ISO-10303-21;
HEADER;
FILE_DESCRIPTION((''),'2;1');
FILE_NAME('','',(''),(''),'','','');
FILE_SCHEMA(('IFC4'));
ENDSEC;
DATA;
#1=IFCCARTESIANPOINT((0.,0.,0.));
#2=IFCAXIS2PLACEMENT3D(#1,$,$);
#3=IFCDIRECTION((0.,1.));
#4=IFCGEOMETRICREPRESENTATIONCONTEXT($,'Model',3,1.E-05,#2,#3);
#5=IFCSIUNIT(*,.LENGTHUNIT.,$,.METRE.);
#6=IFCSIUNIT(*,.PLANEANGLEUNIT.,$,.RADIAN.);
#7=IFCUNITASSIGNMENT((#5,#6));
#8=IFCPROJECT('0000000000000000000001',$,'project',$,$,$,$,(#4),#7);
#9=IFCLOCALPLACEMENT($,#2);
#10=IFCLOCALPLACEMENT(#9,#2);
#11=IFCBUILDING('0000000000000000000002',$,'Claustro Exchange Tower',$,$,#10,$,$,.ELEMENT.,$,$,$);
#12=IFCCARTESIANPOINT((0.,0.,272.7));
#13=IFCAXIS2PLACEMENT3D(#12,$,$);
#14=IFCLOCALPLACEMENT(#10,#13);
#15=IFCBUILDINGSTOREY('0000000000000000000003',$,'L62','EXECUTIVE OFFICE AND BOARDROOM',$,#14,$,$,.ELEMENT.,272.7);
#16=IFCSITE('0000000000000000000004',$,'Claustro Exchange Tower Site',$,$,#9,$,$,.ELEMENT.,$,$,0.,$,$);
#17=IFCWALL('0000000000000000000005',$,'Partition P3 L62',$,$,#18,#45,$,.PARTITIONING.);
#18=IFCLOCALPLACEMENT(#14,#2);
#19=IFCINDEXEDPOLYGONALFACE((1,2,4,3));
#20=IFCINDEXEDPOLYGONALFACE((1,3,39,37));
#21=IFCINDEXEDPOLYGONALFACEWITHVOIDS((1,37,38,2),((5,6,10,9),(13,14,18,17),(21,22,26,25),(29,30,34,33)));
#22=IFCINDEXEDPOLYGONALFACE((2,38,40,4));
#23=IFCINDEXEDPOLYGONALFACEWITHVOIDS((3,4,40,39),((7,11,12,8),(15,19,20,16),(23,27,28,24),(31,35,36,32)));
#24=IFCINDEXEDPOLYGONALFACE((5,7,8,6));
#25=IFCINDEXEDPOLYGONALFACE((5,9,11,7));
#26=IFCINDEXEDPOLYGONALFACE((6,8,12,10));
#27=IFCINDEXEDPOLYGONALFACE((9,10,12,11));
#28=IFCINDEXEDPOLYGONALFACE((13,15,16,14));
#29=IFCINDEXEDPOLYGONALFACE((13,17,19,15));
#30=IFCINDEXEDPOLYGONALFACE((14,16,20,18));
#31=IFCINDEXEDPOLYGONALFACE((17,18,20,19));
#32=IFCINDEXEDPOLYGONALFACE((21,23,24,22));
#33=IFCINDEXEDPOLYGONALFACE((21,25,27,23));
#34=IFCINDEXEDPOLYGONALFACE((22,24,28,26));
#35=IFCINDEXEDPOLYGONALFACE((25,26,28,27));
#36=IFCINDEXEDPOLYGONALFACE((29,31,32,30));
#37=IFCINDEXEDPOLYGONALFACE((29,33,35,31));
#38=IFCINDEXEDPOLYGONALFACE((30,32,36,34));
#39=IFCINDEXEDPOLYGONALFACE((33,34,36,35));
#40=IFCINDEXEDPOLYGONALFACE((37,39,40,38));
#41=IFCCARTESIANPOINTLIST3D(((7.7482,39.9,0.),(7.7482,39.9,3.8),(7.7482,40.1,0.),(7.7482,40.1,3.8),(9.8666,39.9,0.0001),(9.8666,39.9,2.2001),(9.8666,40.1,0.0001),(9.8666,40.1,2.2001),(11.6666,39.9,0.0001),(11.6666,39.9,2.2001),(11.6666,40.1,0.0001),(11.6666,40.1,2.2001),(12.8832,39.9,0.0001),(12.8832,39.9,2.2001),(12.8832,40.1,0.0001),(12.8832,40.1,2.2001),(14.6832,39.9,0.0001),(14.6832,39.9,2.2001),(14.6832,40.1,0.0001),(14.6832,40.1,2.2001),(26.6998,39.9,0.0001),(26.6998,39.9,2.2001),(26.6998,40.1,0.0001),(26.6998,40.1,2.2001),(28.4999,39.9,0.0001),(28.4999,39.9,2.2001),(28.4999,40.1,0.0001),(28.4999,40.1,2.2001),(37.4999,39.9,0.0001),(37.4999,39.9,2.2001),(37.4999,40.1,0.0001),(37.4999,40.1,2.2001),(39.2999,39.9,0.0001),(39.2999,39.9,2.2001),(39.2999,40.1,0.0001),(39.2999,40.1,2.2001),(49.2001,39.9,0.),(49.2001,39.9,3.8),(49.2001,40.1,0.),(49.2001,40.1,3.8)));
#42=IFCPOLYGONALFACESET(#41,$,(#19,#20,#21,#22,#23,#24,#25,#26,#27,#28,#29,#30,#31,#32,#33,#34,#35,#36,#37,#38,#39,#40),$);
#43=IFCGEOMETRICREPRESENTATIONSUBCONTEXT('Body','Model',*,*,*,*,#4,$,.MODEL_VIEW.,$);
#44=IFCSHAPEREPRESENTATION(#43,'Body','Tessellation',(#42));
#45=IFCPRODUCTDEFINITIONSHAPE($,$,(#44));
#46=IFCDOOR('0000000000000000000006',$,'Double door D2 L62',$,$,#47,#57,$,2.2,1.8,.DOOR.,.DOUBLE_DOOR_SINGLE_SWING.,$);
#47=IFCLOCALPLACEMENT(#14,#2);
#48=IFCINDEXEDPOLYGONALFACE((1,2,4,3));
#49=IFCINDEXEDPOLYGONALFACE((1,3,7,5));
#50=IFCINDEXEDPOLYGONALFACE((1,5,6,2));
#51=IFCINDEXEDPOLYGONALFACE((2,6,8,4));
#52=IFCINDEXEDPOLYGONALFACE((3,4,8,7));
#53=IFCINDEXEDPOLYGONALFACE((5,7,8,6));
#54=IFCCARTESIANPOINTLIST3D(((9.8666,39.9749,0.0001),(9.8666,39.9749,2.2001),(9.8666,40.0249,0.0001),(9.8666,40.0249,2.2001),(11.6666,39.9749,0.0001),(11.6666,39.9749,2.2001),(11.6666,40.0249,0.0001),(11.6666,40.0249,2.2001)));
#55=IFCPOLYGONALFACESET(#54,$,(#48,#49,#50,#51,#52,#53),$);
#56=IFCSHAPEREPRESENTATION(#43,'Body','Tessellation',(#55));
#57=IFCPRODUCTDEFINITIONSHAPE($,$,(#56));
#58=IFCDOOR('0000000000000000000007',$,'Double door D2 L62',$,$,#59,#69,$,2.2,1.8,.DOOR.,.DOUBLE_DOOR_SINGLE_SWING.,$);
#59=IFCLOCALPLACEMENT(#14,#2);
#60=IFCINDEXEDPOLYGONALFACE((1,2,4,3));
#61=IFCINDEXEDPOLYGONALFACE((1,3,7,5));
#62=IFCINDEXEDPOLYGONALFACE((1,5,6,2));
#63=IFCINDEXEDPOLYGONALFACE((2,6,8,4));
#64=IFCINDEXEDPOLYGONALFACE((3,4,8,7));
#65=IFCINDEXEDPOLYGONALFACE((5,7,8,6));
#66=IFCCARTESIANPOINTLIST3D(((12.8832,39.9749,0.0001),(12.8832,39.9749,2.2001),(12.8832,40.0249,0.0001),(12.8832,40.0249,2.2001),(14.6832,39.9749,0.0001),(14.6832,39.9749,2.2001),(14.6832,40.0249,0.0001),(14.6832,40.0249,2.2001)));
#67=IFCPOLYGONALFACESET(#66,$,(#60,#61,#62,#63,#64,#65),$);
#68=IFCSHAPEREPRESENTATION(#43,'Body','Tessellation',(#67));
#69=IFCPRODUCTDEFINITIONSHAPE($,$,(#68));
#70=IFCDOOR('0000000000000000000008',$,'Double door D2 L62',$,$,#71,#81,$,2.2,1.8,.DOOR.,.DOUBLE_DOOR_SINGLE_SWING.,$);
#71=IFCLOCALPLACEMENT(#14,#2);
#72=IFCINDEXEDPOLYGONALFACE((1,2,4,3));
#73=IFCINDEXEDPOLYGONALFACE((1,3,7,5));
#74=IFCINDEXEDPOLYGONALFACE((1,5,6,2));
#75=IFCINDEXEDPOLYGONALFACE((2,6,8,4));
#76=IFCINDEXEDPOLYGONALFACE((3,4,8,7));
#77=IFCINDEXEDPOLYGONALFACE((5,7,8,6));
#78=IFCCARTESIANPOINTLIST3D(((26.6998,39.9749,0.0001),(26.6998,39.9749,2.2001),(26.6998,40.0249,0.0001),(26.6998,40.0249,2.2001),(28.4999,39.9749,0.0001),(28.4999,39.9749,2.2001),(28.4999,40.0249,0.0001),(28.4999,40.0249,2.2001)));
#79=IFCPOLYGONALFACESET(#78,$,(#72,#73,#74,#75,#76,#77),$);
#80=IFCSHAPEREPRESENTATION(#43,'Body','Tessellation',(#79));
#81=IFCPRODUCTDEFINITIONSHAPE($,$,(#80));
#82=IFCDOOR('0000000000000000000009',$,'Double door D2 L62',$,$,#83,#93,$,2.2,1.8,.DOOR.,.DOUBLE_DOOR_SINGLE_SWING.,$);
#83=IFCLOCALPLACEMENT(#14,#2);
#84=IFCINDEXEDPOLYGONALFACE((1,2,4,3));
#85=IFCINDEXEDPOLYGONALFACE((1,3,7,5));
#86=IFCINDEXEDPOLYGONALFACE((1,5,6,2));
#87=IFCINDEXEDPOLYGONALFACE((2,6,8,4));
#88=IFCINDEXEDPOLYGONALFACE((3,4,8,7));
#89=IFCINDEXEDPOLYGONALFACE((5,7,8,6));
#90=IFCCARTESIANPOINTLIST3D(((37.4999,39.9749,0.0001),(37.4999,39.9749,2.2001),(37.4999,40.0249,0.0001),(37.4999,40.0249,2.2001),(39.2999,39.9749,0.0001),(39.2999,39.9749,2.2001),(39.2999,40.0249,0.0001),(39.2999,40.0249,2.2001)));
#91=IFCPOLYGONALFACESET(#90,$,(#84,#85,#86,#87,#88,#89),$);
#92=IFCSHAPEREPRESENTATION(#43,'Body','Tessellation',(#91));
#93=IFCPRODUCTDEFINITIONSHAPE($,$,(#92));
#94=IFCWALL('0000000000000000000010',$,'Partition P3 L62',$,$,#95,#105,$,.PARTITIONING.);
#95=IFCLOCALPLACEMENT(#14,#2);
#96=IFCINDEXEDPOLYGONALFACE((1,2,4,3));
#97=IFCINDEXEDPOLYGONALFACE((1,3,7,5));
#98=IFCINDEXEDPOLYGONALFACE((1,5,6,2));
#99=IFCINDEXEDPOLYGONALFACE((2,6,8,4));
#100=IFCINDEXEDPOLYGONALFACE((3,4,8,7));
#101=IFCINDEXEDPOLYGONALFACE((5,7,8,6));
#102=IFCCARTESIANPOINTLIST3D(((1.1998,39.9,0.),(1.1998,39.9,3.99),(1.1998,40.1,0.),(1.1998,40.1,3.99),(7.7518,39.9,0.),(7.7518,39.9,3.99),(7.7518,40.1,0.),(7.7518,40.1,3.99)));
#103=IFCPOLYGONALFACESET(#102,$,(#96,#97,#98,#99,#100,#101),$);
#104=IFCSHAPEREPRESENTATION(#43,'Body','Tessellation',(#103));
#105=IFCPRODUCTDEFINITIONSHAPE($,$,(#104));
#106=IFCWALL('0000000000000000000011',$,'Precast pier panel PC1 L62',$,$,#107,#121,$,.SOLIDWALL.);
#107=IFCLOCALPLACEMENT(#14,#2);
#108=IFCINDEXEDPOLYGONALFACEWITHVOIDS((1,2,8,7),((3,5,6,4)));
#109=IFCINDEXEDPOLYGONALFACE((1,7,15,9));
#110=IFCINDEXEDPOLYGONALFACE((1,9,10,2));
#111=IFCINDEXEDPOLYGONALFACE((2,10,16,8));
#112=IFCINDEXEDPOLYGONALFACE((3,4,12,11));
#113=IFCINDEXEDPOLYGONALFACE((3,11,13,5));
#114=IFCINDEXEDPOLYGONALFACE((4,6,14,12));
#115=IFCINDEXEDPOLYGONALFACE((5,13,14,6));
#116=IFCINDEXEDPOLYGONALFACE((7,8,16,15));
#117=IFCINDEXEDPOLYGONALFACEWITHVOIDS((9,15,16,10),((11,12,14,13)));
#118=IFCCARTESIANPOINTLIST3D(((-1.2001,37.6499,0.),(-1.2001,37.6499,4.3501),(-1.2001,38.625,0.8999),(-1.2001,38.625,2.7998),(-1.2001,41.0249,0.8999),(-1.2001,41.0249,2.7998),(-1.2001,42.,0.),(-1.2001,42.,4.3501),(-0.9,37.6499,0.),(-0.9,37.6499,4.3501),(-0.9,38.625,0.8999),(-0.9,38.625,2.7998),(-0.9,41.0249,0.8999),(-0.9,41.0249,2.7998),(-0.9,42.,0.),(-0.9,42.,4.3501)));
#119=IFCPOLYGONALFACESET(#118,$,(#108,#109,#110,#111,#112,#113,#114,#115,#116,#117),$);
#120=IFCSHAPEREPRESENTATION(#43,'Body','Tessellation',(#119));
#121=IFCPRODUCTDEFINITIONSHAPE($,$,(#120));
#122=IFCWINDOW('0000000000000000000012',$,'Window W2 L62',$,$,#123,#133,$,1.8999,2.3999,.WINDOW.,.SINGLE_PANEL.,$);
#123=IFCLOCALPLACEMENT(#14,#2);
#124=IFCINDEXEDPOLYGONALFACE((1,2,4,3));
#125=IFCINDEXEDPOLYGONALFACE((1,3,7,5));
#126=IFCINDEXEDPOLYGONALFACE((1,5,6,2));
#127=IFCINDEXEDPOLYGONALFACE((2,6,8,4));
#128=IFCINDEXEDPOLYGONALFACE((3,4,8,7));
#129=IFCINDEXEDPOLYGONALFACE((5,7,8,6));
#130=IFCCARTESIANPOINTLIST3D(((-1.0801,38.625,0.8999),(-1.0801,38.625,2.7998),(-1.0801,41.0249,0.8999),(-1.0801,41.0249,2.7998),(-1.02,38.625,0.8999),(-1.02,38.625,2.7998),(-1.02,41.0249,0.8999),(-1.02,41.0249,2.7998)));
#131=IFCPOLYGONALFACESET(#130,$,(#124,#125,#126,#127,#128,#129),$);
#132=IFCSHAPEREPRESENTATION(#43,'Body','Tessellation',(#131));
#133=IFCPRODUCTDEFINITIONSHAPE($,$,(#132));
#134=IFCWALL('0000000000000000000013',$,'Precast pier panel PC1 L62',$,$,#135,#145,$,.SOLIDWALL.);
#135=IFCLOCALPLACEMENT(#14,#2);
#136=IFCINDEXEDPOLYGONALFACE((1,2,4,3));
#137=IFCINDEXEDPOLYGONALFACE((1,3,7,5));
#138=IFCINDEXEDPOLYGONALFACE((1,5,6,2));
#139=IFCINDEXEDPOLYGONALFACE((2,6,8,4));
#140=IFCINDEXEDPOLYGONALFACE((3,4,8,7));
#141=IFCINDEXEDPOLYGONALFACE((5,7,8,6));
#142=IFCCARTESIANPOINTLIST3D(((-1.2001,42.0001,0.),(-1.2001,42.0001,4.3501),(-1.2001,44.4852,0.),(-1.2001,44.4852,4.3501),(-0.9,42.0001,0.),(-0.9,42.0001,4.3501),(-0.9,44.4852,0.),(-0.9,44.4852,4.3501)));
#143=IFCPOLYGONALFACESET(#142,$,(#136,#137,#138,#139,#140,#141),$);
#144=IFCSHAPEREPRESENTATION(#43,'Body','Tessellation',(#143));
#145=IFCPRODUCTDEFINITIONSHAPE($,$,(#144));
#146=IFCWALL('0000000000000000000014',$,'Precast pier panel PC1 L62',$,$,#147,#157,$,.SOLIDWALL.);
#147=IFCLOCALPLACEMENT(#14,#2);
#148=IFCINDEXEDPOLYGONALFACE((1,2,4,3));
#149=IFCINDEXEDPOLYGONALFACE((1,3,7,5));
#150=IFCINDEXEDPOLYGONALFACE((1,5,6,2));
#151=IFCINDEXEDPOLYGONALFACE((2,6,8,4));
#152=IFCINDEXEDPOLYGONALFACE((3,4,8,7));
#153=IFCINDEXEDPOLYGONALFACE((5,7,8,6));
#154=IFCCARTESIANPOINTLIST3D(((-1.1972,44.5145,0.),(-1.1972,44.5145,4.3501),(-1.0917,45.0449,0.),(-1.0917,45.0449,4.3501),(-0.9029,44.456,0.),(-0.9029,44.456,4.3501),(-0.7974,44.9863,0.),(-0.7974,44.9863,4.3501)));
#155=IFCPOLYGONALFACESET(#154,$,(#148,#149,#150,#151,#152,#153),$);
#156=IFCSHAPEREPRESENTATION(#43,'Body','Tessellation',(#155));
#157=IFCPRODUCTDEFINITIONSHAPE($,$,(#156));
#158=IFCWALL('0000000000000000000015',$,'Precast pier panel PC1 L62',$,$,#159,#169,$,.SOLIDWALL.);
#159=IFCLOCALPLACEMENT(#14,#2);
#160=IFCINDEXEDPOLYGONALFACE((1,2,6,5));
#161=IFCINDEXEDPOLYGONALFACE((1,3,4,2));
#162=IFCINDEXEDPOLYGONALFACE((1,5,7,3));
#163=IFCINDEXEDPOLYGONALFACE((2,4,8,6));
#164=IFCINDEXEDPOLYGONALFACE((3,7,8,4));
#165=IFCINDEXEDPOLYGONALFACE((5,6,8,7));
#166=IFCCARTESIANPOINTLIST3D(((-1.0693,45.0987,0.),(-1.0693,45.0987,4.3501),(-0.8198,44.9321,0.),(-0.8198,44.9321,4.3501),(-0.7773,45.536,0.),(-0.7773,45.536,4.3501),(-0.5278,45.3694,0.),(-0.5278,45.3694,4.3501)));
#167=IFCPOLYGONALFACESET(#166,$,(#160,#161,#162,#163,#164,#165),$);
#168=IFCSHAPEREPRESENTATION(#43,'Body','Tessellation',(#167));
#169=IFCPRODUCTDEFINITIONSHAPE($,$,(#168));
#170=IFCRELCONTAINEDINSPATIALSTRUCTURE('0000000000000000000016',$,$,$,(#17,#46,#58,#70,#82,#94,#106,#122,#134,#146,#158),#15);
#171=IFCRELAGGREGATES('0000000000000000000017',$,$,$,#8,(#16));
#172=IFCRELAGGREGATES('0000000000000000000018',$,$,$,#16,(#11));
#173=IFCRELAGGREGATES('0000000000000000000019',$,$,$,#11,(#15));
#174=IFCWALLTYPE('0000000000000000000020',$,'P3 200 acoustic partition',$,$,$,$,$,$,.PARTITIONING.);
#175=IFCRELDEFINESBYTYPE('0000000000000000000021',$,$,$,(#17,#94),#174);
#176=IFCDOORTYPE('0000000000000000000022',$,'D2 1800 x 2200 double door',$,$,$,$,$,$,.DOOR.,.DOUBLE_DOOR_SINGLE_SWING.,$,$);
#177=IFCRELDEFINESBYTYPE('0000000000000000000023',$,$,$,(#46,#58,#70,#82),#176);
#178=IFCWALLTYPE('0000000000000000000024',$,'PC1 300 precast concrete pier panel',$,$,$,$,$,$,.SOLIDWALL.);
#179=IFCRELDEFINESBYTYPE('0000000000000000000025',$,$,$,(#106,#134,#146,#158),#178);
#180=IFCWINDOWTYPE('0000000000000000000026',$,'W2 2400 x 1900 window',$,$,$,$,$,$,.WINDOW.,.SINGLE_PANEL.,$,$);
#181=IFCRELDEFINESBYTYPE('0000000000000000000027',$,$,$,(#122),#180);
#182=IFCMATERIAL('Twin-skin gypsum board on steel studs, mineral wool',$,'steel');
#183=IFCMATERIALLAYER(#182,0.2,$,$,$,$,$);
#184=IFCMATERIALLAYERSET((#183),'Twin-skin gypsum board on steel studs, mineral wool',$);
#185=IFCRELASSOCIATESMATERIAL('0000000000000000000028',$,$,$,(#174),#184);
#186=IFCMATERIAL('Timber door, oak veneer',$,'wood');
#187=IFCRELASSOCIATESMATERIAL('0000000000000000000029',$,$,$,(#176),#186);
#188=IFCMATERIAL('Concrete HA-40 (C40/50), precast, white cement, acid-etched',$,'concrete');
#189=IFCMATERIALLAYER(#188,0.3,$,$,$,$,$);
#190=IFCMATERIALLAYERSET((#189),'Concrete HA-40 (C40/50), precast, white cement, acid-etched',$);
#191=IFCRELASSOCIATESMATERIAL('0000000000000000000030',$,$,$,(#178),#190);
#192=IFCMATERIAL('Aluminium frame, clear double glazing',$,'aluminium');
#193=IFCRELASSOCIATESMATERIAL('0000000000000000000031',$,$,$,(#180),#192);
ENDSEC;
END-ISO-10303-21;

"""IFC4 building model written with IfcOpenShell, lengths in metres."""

from ifc_helpers import new_model, si_unit, direction, frame, frame_2d, origin, place, context, subcontext, project, spatial, rectangle, extrude, material, layer, layer_set, type_object, element, fill, save


model = new_model("IFC4")

# Units and contexts
model_context = context("Model", 3, precision=1e-05, world=origin(), true_north=direction((0.0, 1.0)))
body_context = subcontext(model_context, "Body", "Model", "MODEL_VIEW")
ifc_project = project(units=[si_unit("LENGTHUNIT", "METRE"), si_unit("PLANEANGLEUNIT", "RADIAN")], contexts=[model_context])

# Site, building, storey
site_placement = place(None, origin())
site = spatial("IfcSite", under=ifc_project, at=site_placement, Name="Claustro Exchange Tower Site", CompositionType="ELEMENT", RefElevation=0.0)
building_placement = place(site_placement, origin())
building = spatial("IfcBuilding", under=site, at=building_placement, Name="Claustro Exchange Tower", CompositionType="ELEMENT")
storey_placement = place(building_placement, frame((0.0, 0.0, 272.7)))
storey = spatial("IfcBuildingStorey", under=building, at=storey_placement, Name="L62", Description="EXECUTIVE OFFICE AND BOARDROOM", CompositionType="ELEMENT", Elevation=272.7)

# Shared definitions
ifc_material_1 = material(Name="Twin-skin gypsum board on steel studs, mineral wool", Category="steel")
ifc_layer_1 = layer(ifc_material_1, 0.2)
ifc_layer_set_1 = layer_set([ifc_layer_1], Name="Twin-skin gypsum board on steel studs, mineral wool")
wall_type_1 = type_object("IfcWallType", Name="P3 200 acoustic partition", PredefinedType="PARTITIONING", material=ifc_layer_set_1)

# Wall, openings, doors
wall_1_placement = place(storey_placement, frame((7.748, 40.0, 0.0), z_axis=(0.0, 0.0, 1.0), x_axis=(1.0, 0.0, 0.0)))
wall_1 = element("IfcWall", 1, at=wall_1_placement, inside=storey, type_object=wall_type_1, Name="Partition P3 L62", PredefinedType="PARTITIONING", context=body_context, shape_type="SweptSolid", body=[
    extrude(rectangle(XDim=41.4519, YDim=0.2, at=frame_2d((20.7261, 0.0))), origin(), (0.0, 0.0, 1.0), 3.8),
])
opening_1_placement = place(wall_1_placement, frame((2.1187, 0.0, 0.0)))
opening_1 = element("IfcOpeningElement", 2, at=opening_1_placement, cuts=wall_1, PredefinedType="OPENING", context=body_context, shape_type="SweptSolid", body=[
    extrude(rectangle(XDim=1.8, YDim=2.2, at=frame_2d((0.8999, 1.1001))), frame((0.0, 0.1099, 0.0), z_axis=(0.0, -1.0, 0.0), x_axis=(1.0, 0.0, 0.0)), (0.0, 0.0, 1.0), 0.22),
])
opening_2_placement = place(wall_1_placement, frame((5.1353, 0.0, 0.0)))
opening_2 = element("IfcOpeningElement", 3, at=opening_2_placement, cuts=wall_1, PredefinedType="OPENING", context=body_context, shape_type="SweptSolid", body=[
    extrude(rectangle(XDim=1.8, YDim=2.2, at=frame_2d((0.8999, 1.1001))), frame((0.0, 0.1099, 0.0), z_axis=(0.0, -1.0, 0.0), x_axis=(1.0, 0.0, 0.0)), (0.0, 0.0, 1.0), 0.22),
])
opening_3_placement = place(wall_1_placement, frame((18.9519, 0.0, 0.0)))
opening_3 = element("IfcOpeningElement", 4, at=opening_3_placement, cuts=wall_1, PredefinedType="OPENING", context=body_context, shape_type="SweptSolid", body=[
    extrude(rectangle(XDim=1.8, YDim=2.2, at=frame_2d((0.8999, 1.1001))), frame((0.0, 0.1099, 0.0), z_axis=(0.0, -1.0, 0.0), x_axis=(1.0, 0.0, 0.0)), (0.0, 0.0, 1.0), 0.22),
])
opening_4_placement = place(wall_1_placement, frame((29.752, 0.0, 0.0)))
opening_4 = element("IfcOpeningElement", 5, at=opening_4_placement, cuts=wall_1, PredefinedType="OPENING", context=body_context, shape_type="SweptSolid", body=[
    extrude(rectangle(XDim=1.8, YDim=2.2, at=frame_2d((0.8999, 1.1001))), frame((0.0, 0.1099, 0.0), z_axis=(0.0, -1.0, 0.0), x_axis=(1.0, 0.0, 0.0)), (0.0, 0.0, 1.0), 0.22),
])
ifc_material_2 = material(Name="Timber door, oak veneer", Category="wood")
door_type_1 = type_object("IfcDoorType", Name="D2 1800 x 2200 double door", OperationType="DOUBLE_DOOR_SINGLE_SWING", PredefinedType="DOOR", material=ifc_material_2)
door_1_placement = place(opening_1_placement, origin())
door_1 = element("IfcDoor", 6, at=door_1_placement, inside=storey, type_object=door_type_1, Name="Double door D2 L62", OperationType="DOUBLE_DOOR_SINGLE_SWING", OverallHeight=2.2, OverallWidth=1.8, PredefinedType="DOOR", context=body_context, shape_type="SweptSolid", body=[
    extrude(rectangle(XDim=1.8, YDim=2.2, at=frame_2d((0.8999, 1.1001))), frame((0.0, 0.0249, 0.0), z_axis=(0.0, -1.0, 0.0), x_axis=(1.0, 0.0, 0.0)), (0.0, 0.0, 1.0), 0.05),
])
fill(opening_1, door_1)
door_2_placement = place(opening_2_placement, origin())
door_2 = element("IfcDoor", 7, at=door_2_placement, inside=storey, type_object=door_type_1, Name="Double door D2 L62", OperationType="DOUBLE_DOOR_SINGLE_SWING", OverallHeight=2.2, OverallWidth=1.8, PredefinedType="DOOR", context=body_context, shape_type="SweptSolid", body=[
    extrude(rectangle(XDim=1.8, YDim=2.2, at=frame_2d((0.8999, 1.1001))), frame((0.0, 0.0249, 0.0), z_axis=(0.0, -1.0, 0.0), x_axis=(1.0, 0.0, 0.0)), (0.0, 0.0, 1.0), 0.05),
])
fill(opening_2, door_2)
door_3_placement = place(opening_3_placement, origin())
door_3 = element("IfcDoor", 8, at=door_3_placement, inside=storey, type_object=door_type_1, Name="Double door D2 L62", OperationType="DOUBLE_DOOR_SINGLE_SWING", OverallHeight=2.2, OverallWidth=1.8, PredefinedType="DOOR", context=body_context, shape_type="SweptSolid", body=[
    extrude(rectangle(XDim=1.8, YDim=2.2, at=frame_2d((0.8999, 1.1001))), frame((0.0, 0.0249, 0.0), z_axis=(0.0, -1.0, 0.0), x_axis=(1.0, 0.0, 0.0)), (0.0, 0.0, 1.0), 0.05),
])
fill(opening_3, door_3)
door_4_placement = place(opening_4_placement, origin())
door_4 = element("IfcDoor", 9, at=door_4_placement, inside=storey, type_object=door_type_1, Name="Double door D2 L62", OperationType="DOUBLE_DOOR_SINGLE_SWING", OverallHeight=2.2, OverallWidth=1.8, PredefinedType="DOOR", context=body_context, shape_type="SweptSolid", body=[
    extrude(rectangle(XDim=1.8, YDim=2.2, at=frame_2d((0.8999, 1.1001))), frame((0.0, 0.0249, 0.0), z_axis=(0.0, -1.0, 0.0), x_axis=(1.0, 0.0, 0.0)), (0.0, 0.0, 1.0), 0.05),
])
fill(opening_4, door_4)

# Wall
wall_2_placement = place(storey_placement, frame((1.2, 40.0, 0.0), z_axis=(0.0, 0.0, 1.0), x_axis=(1.0, 0.0, 0.0)))
element("IfcWall", 10, at=wall_2_placement, inside=storey, type_object=wall_type_1, Name="Partition P3 L62", PredefinedType="PARTITIONING", context=body_context, shape_type="SweptSolid", body=[
    extrude(rectangle(XDim=6.552, YDim=0.2, at=frame_2d((3.2759, 0.0))), origin(), (0.0, 0.0, 1.0), 3.99),
])

# Wall, opening, window
ifc_material_3 = material(Name="Concrete HA-40 (C40/50), precast, white cement, acid-etched", Category="concrete")
ifc_layer_2 = layer(ifc_material_3, 0.3)
ifc_layer_set_2 = layer_set([ifc_layer_2], Name="Concrete HA-40 (C40/50), precast, white cement, acid-etched")
wall_type_2 = type_object("IfcWallType", Name="PC1 300 precast concrete pier panel", PredefinedType="SOLIDWALL", material=ifc_layer_set_2)
wall_3_placement = place(storey_placement, frame((-1.05, 37.6499, 0.0), z_axis=(0.0, 0.0, 1.0), x_axis=(0.0, 1.0, 0.0)))
wall_3 = element("IfcWall", 11, at=wall_3_placement, inside=storey, type_object=wall_type_2, Name="Precast pier panel PC1 L62", PredefinedType="SOLIDWALL", context=body_context, shape_type="SweptSolid", body=[
    extrude(rectangle(XDim=4.3501, YDim=0.3, at=frame_2d((2.175, 0.0))), origin(), (0.0, 0.0, 1.0), 4.3501),
])
opening_5_placement = place(wall_3_placement, frame((0.9751, 0.0, 0.8999)))
opening_5 = element("IfcOpeningElement", 12, at=opening_5_placement, cuts=wall_3, PredefinedType="OPENING", context=body_context, shape_type="SweptSolid", body=[
    extrude(rectangle(XDim=2.3999, YDim=1.8999, at=frame_2d((1.2, 0.95))), frame((0.0, 0.1599, 0.0), z_axis=(0.0, -1.0, 0.0), x_axis=(1.0, 0.0, 0.0)), (0.0, 0.0, 1.0), 0.3201),
])
ifc_material_4 = material(Name="Aluminium frame, clear double glazing", Category="aluminium")
window_type_1 = type_object("IfcWindowType", Name="W2 2400 x 1900 window", PartitioningType="SINGLE_PANEL", PredefinedType="WINDOW", material=ifc_material_4)
window_1_placement = place(opening_5_placement, origin())
window_1 = element("IfcWindow", 13, at=window_1_placement, inside=storey, type_object=window_type_1, Name="Window W2 L62", OverallHeight=1.8999, OverallWidth=2.3999, PartitioningType="SINGLE_PANEL", PredefinedType="WINDOW", context=body_context, shape_type="SweptSolid", body=[
    extrude(rectangle(XDim=2.3999, YDim=1.8999, at=frame_2d((1.2, 0.95))), frame((0.0, 0.03, 0.0), z_axis=(0.0, -1.0, 0.0), x_axis=(1.0, 0.0, 0.0)), (0.0, 0.0, 1.0), 0.0601),
])
fill(opening_5, window_1)

# Walls
wall_4_placement = place(storey_placement, frame((-1.05, 42.0, 0.0), z_axis=(0.0, 0.0, 1.0), x_axis=(0.0, 1.0, 0.0)))
element("IfcWall", 14, at=wall_4_placement, inside=storey, type_object=wall_type_2, Name="Precast pier panel PC1 L62", PredefinedType="SOLIDWALL", context=body_context, shape_type="SweptSolid", body=[
    extrude(rectangle(XDim=2.4851, YDim=0.3, at=frame_2d((1.2427, 0.0))), origin(), (0.0, 0.0, 1.0), 4.3501),
])
wall_5_placement = place(storey_placement, frame((-1.05, 44.4851, 0.0), z_axis=(0.0, 0.0, 1.0), x_axis=(0.195074, 0.980789, 0.0)))
element("IfcWall", 15, at=wall_5_placement, inside=storey, type_object=wall_type_2, Name="Precast pier panel PC1 L62", PredefinedType="SOLIDWALL", context=body_context, shape_type="SweptSolid", body=[
    extrude(rectangle(XDim=0.5408, YDim=0.3, at=frame_2d((0.2705, 0.0))), origin(), (0.0, 0.0, 1.0), 4.3501),
])
wall_6_placement = place(storey_placement, frame((-0.9446, 45.0154, 0.0), z_axis=(0.0, 0.0, 1.0), x_axis=(0.555343, 0.831621, 0.0)))
element("IfcWall", 16, at=wall_6_placement, inside=storey, type_object=wall_type_2, Name="Precast pier panel PC1 L62", PredefinedType="SOLIDWALL", context=body_context, shape_type="SweptSolid", body=[
    extrude(rectangle(XDim=0.5259, YDim=0.3, at=frame_2d((0.2629, 0.0))), origin(), (0.0, 0.0, 1.0), 4.3501),
])

save(model, "model.ifc")
